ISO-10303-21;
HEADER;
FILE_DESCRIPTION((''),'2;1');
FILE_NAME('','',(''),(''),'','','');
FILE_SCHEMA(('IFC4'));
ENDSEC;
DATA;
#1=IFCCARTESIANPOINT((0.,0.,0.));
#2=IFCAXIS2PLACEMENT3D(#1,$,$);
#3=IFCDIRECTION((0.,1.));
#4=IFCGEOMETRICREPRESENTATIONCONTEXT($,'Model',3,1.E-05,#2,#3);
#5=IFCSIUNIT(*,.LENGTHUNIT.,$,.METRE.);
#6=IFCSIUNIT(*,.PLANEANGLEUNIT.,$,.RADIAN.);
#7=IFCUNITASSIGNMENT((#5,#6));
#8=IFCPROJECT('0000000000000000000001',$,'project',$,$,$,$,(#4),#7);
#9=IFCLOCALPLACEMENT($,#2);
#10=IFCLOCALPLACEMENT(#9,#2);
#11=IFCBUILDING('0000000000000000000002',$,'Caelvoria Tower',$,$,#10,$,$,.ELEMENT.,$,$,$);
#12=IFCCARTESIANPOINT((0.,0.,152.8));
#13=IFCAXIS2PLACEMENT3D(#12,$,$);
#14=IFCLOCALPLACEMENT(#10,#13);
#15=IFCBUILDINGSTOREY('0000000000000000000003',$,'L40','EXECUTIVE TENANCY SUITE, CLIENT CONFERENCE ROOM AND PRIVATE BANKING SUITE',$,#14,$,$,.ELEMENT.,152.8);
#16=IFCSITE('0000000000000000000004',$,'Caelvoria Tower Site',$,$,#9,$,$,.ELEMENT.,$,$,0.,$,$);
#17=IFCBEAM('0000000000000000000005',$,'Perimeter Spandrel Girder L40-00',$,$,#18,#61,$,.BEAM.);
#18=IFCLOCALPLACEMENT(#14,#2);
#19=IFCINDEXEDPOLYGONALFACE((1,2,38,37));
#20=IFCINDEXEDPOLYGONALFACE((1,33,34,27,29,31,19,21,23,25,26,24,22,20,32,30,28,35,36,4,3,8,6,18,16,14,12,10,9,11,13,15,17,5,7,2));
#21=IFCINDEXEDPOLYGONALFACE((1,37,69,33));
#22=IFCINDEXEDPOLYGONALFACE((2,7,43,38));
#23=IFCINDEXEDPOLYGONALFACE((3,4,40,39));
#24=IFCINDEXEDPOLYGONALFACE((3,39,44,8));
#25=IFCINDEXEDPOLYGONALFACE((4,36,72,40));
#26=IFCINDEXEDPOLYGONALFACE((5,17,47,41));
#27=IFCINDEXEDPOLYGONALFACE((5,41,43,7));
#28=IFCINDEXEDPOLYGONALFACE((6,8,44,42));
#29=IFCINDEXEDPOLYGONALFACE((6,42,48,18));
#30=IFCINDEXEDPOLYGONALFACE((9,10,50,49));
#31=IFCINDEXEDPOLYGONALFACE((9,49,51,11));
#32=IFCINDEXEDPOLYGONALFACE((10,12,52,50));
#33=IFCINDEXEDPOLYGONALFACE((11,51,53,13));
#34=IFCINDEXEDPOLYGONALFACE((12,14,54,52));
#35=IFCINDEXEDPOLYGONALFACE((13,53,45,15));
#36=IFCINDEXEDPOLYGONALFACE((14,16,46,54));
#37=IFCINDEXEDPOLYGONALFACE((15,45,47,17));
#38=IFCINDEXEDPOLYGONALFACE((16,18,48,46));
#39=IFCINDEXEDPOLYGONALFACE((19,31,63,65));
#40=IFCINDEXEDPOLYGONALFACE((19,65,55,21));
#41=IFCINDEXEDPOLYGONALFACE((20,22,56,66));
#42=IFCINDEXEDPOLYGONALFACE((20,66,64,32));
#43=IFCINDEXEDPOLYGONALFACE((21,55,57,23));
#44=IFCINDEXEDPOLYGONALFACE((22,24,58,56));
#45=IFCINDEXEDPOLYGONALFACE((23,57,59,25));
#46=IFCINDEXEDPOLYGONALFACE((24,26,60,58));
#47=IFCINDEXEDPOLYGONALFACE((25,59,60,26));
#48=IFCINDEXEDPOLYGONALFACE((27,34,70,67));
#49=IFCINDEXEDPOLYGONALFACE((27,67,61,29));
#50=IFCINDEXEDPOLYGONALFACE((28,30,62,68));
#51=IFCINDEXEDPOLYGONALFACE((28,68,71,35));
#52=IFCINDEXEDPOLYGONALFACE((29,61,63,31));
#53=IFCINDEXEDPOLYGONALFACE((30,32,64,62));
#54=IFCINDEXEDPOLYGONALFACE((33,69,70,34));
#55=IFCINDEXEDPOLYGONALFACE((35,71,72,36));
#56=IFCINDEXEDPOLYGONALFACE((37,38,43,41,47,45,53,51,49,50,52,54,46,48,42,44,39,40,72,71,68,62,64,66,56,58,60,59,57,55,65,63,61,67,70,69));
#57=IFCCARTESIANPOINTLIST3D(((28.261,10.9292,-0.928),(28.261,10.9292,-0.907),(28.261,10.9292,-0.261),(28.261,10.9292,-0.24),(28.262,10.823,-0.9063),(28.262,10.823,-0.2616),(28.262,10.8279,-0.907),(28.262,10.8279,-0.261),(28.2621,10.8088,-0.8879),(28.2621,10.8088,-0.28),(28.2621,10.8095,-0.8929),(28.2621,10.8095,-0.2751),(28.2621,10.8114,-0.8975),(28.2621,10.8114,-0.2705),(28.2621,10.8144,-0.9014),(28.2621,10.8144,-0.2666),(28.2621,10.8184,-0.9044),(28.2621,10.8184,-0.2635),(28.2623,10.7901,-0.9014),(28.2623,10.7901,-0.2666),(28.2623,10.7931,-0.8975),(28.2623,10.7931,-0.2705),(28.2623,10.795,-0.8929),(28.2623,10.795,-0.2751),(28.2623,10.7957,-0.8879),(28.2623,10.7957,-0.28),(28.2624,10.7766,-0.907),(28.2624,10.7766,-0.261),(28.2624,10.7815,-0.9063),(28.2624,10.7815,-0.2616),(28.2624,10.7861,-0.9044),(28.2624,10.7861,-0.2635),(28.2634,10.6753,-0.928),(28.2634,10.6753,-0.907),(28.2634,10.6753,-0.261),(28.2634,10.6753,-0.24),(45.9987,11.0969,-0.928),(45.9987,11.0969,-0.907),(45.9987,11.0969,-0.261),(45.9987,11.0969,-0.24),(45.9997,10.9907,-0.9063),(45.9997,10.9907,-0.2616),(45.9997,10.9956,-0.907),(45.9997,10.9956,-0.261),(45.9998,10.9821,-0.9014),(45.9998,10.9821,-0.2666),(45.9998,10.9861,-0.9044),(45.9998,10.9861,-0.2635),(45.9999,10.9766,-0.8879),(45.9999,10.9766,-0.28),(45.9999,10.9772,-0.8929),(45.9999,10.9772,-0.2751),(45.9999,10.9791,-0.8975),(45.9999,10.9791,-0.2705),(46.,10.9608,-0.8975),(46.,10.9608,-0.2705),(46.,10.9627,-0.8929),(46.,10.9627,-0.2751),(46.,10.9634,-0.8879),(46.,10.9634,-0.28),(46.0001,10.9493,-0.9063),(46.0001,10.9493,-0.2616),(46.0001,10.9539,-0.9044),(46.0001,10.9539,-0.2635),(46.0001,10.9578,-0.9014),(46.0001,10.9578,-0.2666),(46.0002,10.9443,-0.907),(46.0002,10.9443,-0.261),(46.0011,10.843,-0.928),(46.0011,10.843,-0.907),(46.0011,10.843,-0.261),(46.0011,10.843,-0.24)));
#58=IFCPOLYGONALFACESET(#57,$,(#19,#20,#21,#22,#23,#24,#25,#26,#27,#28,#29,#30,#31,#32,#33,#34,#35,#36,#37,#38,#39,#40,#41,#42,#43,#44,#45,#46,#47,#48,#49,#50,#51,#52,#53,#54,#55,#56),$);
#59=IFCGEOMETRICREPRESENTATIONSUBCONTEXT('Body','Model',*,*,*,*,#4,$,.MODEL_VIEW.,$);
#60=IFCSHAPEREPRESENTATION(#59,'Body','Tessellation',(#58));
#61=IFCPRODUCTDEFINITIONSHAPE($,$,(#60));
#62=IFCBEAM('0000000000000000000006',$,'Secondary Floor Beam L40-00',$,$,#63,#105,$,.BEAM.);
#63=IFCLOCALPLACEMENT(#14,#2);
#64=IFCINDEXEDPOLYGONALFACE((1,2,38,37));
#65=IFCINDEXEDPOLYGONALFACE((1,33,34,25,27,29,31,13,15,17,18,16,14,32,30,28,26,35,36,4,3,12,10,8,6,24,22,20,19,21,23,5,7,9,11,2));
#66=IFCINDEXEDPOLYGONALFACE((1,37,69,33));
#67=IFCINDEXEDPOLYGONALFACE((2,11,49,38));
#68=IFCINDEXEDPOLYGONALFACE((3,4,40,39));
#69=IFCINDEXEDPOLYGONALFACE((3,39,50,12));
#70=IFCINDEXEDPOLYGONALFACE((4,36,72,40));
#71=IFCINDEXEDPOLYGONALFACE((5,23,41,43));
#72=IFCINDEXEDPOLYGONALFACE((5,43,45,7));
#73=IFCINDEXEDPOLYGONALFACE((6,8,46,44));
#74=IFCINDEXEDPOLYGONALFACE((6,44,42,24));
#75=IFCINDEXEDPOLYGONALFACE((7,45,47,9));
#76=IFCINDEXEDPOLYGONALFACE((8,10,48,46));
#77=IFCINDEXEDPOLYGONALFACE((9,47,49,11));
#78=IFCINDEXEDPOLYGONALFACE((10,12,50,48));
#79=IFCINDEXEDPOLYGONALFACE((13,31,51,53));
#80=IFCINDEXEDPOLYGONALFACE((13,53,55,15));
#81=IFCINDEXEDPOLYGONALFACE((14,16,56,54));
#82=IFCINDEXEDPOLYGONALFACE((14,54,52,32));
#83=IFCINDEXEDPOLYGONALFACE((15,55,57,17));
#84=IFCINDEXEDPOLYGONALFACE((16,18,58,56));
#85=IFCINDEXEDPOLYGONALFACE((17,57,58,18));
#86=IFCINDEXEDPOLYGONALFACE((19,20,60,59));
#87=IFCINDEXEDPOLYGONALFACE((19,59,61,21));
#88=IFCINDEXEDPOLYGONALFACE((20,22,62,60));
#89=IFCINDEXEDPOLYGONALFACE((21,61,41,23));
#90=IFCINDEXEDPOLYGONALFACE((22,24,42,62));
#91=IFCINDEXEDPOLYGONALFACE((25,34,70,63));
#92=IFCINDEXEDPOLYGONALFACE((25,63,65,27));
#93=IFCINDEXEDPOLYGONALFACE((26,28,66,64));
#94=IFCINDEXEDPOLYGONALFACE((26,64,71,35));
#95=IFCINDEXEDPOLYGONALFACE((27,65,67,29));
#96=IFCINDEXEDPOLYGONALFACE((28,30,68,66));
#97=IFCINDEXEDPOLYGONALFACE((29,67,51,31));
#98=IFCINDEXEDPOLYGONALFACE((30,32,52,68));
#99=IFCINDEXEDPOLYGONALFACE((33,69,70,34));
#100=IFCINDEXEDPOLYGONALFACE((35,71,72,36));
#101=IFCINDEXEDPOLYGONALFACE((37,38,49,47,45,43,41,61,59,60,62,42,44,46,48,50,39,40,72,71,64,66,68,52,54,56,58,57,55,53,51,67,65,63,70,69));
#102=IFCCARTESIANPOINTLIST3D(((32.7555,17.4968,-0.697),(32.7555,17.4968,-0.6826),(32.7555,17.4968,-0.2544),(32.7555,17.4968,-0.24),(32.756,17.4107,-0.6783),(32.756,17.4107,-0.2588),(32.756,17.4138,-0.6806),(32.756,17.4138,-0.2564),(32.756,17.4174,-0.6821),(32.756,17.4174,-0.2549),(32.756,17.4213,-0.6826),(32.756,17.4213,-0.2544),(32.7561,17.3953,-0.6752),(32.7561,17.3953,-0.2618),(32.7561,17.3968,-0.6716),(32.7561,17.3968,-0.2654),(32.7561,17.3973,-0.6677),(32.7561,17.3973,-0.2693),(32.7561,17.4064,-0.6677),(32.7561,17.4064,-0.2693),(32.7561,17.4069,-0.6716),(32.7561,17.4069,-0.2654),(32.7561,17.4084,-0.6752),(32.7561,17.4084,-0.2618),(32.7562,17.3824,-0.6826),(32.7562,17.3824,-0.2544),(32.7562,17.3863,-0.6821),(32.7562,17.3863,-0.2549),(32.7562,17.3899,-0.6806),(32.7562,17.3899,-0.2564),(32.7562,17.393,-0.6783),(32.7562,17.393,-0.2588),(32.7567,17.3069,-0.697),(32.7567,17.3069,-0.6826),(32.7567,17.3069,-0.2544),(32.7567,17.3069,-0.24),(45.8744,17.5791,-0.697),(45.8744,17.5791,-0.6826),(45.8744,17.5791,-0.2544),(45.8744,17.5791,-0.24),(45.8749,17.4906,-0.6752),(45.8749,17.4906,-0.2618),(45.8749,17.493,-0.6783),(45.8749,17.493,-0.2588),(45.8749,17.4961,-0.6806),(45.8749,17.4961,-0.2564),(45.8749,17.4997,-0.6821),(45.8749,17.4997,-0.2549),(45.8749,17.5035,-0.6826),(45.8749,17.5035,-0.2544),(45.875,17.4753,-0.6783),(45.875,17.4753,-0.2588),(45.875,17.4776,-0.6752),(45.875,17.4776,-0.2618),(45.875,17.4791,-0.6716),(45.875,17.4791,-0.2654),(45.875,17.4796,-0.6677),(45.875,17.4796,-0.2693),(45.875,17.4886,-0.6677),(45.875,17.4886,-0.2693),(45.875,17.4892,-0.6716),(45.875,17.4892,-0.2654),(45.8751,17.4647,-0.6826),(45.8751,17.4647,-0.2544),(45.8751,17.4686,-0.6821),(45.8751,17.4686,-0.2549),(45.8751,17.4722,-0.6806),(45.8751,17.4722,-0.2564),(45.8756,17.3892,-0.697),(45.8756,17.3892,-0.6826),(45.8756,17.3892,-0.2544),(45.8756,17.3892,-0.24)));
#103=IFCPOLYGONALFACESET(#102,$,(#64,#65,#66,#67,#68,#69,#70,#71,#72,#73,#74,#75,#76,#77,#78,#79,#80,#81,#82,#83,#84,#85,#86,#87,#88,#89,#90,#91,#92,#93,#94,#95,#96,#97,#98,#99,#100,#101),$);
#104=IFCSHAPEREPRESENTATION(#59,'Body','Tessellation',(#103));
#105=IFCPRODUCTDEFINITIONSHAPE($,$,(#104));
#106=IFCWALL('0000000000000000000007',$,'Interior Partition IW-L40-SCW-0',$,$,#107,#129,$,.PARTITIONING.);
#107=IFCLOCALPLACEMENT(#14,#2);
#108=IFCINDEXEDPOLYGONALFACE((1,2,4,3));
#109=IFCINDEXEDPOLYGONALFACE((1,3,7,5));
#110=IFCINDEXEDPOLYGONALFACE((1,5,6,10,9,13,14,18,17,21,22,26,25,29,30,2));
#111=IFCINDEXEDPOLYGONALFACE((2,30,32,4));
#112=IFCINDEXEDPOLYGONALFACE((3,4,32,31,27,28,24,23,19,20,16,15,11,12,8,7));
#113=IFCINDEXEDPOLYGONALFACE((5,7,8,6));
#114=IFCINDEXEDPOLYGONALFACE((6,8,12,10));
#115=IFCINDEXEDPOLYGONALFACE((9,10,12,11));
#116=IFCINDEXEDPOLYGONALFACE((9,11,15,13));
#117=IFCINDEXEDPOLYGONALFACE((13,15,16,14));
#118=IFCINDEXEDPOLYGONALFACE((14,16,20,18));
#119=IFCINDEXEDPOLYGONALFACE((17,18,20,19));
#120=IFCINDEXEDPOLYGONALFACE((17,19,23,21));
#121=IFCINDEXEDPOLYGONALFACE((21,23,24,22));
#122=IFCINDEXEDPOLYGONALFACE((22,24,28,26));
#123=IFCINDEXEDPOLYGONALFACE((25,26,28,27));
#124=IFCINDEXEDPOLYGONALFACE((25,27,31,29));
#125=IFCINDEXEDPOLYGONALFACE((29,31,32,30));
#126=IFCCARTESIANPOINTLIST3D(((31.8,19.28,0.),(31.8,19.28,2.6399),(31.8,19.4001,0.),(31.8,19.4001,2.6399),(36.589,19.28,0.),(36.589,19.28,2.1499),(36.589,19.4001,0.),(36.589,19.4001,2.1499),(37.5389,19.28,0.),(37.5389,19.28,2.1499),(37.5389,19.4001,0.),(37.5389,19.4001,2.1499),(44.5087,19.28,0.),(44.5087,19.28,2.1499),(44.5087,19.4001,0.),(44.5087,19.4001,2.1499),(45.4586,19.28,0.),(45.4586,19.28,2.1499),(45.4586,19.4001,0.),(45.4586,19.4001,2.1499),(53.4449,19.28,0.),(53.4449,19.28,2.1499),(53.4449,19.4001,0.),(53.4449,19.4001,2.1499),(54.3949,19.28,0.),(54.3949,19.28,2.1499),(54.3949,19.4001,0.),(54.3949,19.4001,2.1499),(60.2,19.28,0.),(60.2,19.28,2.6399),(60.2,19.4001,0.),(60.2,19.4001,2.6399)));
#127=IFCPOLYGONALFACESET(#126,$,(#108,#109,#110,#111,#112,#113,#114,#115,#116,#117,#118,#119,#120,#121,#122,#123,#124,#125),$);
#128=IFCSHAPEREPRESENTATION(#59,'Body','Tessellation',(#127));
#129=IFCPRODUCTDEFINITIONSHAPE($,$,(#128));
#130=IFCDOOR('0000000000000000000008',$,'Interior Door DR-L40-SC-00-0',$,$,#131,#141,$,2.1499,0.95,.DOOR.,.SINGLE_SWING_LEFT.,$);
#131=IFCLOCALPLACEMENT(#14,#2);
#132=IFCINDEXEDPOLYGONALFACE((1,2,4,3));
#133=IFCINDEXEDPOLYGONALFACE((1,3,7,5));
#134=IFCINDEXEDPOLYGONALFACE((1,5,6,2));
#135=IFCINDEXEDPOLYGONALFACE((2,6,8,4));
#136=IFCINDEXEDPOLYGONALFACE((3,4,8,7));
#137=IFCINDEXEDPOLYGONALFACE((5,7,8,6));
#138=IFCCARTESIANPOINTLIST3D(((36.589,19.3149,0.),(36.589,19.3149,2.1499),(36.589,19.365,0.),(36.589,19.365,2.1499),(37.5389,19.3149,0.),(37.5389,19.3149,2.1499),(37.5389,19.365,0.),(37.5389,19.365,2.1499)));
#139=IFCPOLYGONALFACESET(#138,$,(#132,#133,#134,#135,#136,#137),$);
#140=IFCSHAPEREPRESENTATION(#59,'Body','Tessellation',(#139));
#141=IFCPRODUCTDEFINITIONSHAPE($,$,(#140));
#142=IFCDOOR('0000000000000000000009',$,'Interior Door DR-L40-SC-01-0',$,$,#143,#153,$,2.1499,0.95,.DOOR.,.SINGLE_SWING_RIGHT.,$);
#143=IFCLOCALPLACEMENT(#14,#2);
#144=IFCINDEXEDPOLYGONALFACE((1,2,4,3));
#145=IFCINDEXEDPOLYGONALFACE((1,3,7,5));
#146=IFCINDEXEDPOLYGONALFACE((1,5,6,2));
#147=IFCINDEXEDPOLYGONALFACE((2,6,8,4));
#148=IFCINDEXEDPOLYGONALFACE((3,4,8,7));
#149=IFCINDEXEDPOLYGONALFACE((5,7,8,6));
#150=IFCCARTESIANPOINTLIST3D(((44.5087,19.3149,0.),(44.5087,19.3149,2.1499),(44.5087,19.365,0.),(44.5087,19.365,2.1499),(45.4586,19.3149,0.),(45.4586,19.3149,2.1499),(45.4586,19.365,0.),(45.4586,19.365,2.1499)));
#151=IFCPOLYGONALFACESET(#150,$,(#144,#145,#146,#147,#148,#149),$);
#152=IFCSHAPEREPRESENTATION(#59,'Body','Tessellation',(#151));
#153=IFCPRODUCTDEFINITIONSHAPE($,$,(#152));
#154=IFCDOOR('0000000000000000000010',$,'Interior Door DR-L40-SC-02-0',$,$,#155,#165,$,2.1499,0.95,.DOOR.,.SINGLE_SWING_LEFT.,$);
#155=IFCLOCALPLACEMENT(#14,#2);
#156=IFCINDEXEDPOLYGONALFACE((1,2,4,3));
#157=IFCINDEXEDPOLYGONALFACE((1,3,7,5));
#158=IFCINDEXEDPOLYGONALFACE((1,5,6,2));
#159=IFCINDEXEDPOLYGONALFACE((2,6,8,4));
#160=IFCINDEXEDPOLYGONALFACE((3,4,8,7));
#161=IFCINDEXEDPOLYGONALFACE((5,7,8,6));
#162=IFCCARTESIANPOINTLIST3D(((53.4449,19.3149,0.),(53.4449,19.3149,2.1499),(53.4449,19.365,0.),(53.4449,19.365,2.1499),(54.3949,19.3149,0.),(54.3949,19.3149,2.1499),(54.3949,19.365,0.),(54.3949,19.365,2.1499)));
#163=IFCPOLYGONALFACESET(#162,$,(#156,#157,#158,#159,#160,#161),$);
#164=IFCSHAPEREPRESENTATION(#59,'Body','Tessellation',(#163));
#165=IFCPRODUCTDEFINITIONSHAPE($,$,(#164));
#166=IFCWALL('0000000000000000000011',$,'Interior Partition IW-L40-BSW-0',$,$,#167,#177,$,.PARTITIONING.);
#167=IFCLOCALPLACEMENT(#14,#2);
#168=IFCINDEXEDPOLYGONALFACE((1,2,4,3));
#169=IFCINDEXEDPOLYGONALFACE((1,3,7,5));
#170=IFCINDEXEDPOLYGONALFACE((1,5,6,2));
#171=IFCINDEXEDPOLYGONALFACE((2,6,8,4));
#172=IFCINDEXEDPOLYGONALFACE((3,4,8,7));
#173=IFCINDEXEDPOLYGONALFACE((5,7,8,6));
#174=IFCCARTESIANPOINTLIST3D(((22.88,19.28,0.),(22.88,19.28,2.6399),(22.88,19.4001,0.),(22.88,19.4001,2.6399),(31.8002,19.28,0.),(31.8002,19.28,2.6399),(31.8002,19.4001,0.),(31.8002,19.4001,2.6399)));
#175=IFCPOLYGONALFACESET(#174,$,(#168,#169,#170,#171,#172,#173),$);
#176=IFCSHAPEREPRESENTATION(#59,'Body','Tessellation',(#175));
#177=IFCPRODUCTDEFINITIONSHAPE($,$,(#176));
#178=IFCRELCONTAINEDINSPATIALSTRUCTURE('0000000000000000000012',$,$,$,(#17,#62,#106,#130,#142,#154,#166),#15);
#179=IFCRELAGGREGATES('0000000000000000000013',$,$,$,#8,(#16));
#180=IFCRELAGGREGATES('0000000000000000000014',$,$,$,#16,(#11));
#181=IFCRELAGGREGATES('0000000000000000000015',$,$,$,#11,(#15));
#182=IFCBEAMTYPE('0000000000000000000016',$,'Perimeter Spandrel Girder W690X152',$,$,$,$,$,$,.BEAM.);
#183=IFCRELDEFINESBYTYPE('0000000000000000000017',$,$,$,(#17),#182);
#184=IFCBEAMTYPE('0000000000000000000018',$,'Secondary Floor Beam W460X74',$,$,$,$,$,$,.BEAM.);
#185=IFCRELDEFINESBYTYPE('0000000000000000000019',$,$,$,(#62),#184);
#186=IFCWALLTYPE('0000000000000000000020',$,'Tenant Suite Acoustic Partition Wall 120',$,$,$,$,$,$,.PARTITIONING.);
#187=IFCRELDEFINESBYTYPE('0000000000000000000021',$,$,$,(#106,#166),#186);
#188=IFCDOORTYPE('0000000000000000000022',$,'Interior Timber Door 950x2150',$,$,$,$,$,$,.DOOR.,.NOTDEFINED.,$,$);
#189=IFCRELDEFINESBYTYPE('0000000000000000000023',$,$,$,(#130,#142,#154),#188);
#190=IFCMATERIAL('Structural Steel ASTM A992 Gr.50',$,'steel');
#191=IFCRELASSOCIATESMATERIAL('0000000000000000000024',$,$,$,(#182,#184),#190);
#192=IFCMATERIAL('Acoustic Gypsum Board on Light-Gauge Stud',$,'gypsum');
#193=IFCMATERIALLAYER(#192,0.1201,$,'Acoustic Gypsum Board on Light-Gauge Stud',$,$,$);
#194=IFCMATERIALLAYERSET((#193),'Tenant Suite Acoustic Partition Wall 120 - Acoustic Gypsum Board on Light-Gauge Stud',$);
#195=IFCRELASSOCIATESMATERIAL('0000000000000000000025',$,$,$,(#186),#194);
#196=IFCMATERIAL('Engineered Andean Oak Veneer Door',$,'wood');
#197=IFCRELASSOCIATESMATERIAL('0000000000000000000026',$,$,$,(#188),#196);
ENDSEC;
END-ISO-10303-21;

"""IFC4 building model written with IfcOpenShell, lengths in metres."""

from ifc_helpers import new_model, si_unit, direction, frame, frame_2d, origin, origin_2d, place, context, subcontext, project, spatial, rectangle, i_section, extrude, material, layer, layer_set, material_profile, profile_set, type_object, element, fill, save


model = new_model("IFC4")

# Units and contexts
model_context = context("Model", 3, precision=1e-05, world=origin(), true_north=direction((0.0, 1.0)))
body_context = subcontext(model_context, "Body", "Model", "MODEL_VIEW")
ifc_project = project(units=[si_unit("LENGTHUNIT", "METRE"), si_unit("PLANEANGLEUNIT", "RADIAN")], contexts=[model_context])

# Site, building, storey
site_placement = place(None, origin())
site = spatial("IfcSite", under=ifc_project, at=site_placement, Name="Caelvoria Tower Site", CompositionType="ELEMENT", RefElevation=0.0)
building_placement = place(site_placement, origin())
building = spatial("IfcBuilding", under=site, at=building_placement, Name="Caelvoria Tower", CompositionType="ELEMENT")
storey_placement = place(building_placement, frame((0.0, 0.0, 152.8)))
storey = spatial("IfcBuildingStorey", under=building, at=storey_placement, Name="L40", Description="EXECUTIVE TENANCY SUITE, CLIENT CONFERENCE ROOM AND PRIVATE BANKING SUITE", CompositionType="ELEMENT", Elevation=152.8)

# Beams
ifc_material_1 = material(Name="Structural Steel ASTM A992 Gr.50", Category="steel")
ifc_material_profile_1 = material_profile(ifc_material_1, i_section(OverallWidth=0.2539, OverallDepth=0.688, WebThickness=0.0132, FlangeThickness=0.021, FilletRadius=0.019, at=origin_2d()), Name="Structural Steel ASTM A992 Gr.50")
ifc_profile_set_1 = profile_set([ifc_material_profile_1], Name="W690X152 - Structural Steel ASTM A992 Gr.50")
beam_type_1 = type_object("IfcBeamType", Name="Perimeter Spandrel Girder W690X152", PredefinedType="BEAM", material=ifc_profile_set_1)
beam_1_placement = place(storey_placement, frame((28.2622, 10.8022, -0.584), z_axis=(0.999955, 0.009455, 0.0), x_axis=(-0.009455, 0.999955, 0.0)))
element("IfcBeam", 1, at=beam_1_placement, inside=storey, type_object=beam_type_1, Name="Perimeter Spandrel Girder L40-00", PredefinedType="BEAM", context=body_context, shape_type="SweptSolid", body=[
    extrude(i_section(OverallWidth=0.2539, OverallDepth=0.688, WebThickness=0.0132, FlangeThickness=0.021, FilletRadius=0.019, at=origin_2d()), origin(), (0.0, 0.0, 1.0), 17.7385),
])
ifc_material_profile_2 = material_profile(ifc_material_1, i_section(OverallWidth=0.1899, OverallDepth=0.457, WebThickness=0.009, FlangeThickness=0.0144, FilletRadius=0.0149, at=origin_2d()), Name="Structural Steel ASTM A992 Gr.50")
ifc_profile_set_2 = profile_set([ifc_material_profile_2], Name="W460X74 - Structural Steel ASTM A992 Gr.50")
beam_type_2 = type_object("IfcBeamType", Name="Secondary Floor Beam W460X74", PredefinedType="BEAM", material=ifc_profile_set_2)
beam_2_placement = place(storey_placement, frame((32.7561, 17.4019, -0.4685), z_axis=(0.99998, 0.006271, 0.0), x_axis=(-0.006271, 0.99998, 0.0)))
element("IfcBeam", 2, at=beam_2_placement, inside=storey, type_object=beam_type_2, Name="Secondary Floor Beam L40-00", PredefinedType="BEAM", context=body_context, shape_type="SweptSolid", body=[
    extrude(i_section(OverallWidth=0.1899, OverallDepth=0.457, WebThickness=0.009, FlangeThickness=0.0144, FilletRadius=0.0149, at=origin_2d()), origin(), (0.0, 0.0, 1.0), 13.1191),
])

# Wall, openings, doors
ifc_material_2 = material(Name="Acoustic Gypsum Board on Light-Gauge Stud", Category="gypsum")
ifc_layer_1 = layer(ifc_material_2, 0.1201, Name="Acoustic Gypsum Board on Light-Gauge Stud")
ifc_layer_set_1 = layer_set([ifc_layer_1], Name="Tenant Suite Acoustic Partition Wall 120 - Acoustic Gypsum Board on Light-Gauge Stud")
wall_type = type_object("IfcWallType", Name="Tenant Suite Acoustic Partition Wall 120", PredefinedType="PARTITIONING", material=ifc_layer_set_1)
wall_1_placement = place(storey_placement, frame((31.8, 19.3401, 0.0), z_axis=(0.0, 0.0, 1.0), x_axis=(1.0, 0.0, 0.0)))
wall_1 = element("IfcWall", 3, at=wall_1_placement, inside=storey, type_object=wall_type, Name="Interior Partition IW-L40-SCW-0", PredefinedType="PARTITIONING", context=body_context, shape_type="SweptSolid", body=[
    extrude(rectangle(XDim=28.3999, YDim=0.1201, at=frame_2d((14.2, 0.0))), origin(), (0.0, 0.0, 1.0), 2.6399),
])
opening_1_placement = place(wall_1_placement, frame((4.7888, 0.0, 0.0)))
opening_1 = element("IfcOpeningElement", 4, at=opening_1_placement, cuts=wall_1, PredefinedType="OPENING", context=body_context, shape_type="SweptSolid", body=[
    extrude(rectangle(XDim=0.95, YDim=2.1499, at=frame_2d((0.4751, 1.075))), frame((0.0, 0.0701, 0.0), z_axis=(0.0, -1.0, 0.0), x_axis=(1.0, 0.0, 0.0)), (0.0, 0.0, 1.0), 0.1401),
])
opening_2_placement = place(wall_1_placement, frame((12.7085, 0.0, 0.0)))
opening_2 = element("IfcOpeningElement", 5, at=opening_2_placement, cuts=wall_1, PredefinedType="OPENING", context=body_context, shape_type="SweptSolid", body=[
    extrude(rectangle(XDim=0.95, YDim=2.1499, at=frame_2d((0.4751, 1.075))), frame((0.0, 0.0701, 0.0), z_axis=(0.0, -1.0, 0.0), x_axis=(1.0, 0.0, 0.0)), (0.0, 0.0, 1.0), 0.1401),
])
opening_3_placement = place(wall_1_placement, frame((21.6448, 0.0, 0.0)))
opening_3 = element("IfcOpeningElement", 6, at=opening_3_placement, cuts=wall_1, PredefinedType="OPENING", context=body_context, shape_type="SweptSolid", body=[
    extrude(rectangle(XDim=0.95, YDim=2.1499, at=frame_2d((0.4751, 1.075))), frame((0.0, 0.0701, 0.0), z_axis=(0.0, -1.0, 0.0), x_axis=(1.0, 0.0, 0.0)), (0.0, 0.0, 1.0), 0.1401),
])
ifc_material_3 = material(Name="Engineered Andean Oak Veneer Door", Category="wood")
door_type = type_object("IfcDoorType", Name="Interior Timber Door 950x2150", OperationType="NOTDEFINED", PredefinedType="DOOR", material=ifc_material_3)
door_1_placement = place(opening_1_placement, origin())
door_1 = element("IfcDoor", 7, at=door_1_placement, inside=storey, type_object=door_type, Name="Interior Door DR-L40-SC-00-0", OperationType="SINGLE_SWING_LEFT", OverallHeight=2.1499, OverallWidth=0.95, PredefinedType="DOOR", context=body_context, shape_type="SweptSolid", body=[
    extrude(rectangle(XDim=0.95, YDim=2.1499, at=frame_2d((0.4751, 1.075))), frame((0.0, 0.0249, 0.0), z_axis=(0.0, -1.0, 0.0), x_axis=(1.0, 0.0, 0.0)), (0.0, 0.0, 1.0), 0.05),
])
fill(opening_1, door_1)
door_2_placement = place(opening_2_placement, origin())
door_2 = element("IfcDoor", 8, at=door_2_placement, inside=storey, type_object=door_type, Name="Interior Door DR-L40-SC-01-0", OperationType="SINGLE_SWING_RIGHT", OverallHeight=2.1499, OverallWidth=0.95, PredefinedType="DOOR", context=body_context, shape_type="SweptSolid", body=[
    extrude(rectangle(XDim=0.95, YDim=2.1499, at=frame_2d((0.4751, 1.075))), frame((0.0, 0.0249, 0.0), z_axis=(0.0, -1.0, 0.0), x_axis=(1.0, 0.0, 0.0)), (0.0, 0.0, 1.0), 0.05),
])
fill(opening_2, door_2)
door_3_placement = place(opening_3_placement, origin())
door_3 = element("IfcDoor", 9, at=door_3_placement, inside=storey, type_object=door_type, Name="Interior Door DR-L40-SC-02-0", OperationType="SINGLE_SWING_LEFT", OverallHeight=2.1499, OverallWidth=0.95, PredefinedType="DOOR", context=body_context, shape_type="SweptSolid", body=[
    extrude(rectangle(XDim=0.95, YDim=2.1499, at=frame_2d((0.4751, 1.075))), frame((0.0, 0.0249, 0.0), z_axis=(0.0, -1.0, 0.0), x_axis=(1.0, 0.0, 0.0)), (0.0, 0.0, 1.0), 0.05),
])
fill(opening_3, door_3)

# Wall
wall_2_placement = place(storey_placement, frame((31.8, 19.3401, 0.0), z_axis=(0.0, 0.0, 1.0), x_axis=(-1.0, 0.0, 0.0)))
element("IfcWall", 10, at=wall_2_placement, inside=storey, type_object=wall_type, Name="Interior Partition IW-L40-BSW-0", PredefinedType="PARTITIONING", context=body_context, shape_type="SweptSolid", body=[
    extrude(rectangle(XDim=8.9202, YDim=0.1201, at=frame_2d((4.46, 0.0))), origin(), (0.0, 0.0, 1.0), 2.6399),
])

save(model, "model.ifc")
